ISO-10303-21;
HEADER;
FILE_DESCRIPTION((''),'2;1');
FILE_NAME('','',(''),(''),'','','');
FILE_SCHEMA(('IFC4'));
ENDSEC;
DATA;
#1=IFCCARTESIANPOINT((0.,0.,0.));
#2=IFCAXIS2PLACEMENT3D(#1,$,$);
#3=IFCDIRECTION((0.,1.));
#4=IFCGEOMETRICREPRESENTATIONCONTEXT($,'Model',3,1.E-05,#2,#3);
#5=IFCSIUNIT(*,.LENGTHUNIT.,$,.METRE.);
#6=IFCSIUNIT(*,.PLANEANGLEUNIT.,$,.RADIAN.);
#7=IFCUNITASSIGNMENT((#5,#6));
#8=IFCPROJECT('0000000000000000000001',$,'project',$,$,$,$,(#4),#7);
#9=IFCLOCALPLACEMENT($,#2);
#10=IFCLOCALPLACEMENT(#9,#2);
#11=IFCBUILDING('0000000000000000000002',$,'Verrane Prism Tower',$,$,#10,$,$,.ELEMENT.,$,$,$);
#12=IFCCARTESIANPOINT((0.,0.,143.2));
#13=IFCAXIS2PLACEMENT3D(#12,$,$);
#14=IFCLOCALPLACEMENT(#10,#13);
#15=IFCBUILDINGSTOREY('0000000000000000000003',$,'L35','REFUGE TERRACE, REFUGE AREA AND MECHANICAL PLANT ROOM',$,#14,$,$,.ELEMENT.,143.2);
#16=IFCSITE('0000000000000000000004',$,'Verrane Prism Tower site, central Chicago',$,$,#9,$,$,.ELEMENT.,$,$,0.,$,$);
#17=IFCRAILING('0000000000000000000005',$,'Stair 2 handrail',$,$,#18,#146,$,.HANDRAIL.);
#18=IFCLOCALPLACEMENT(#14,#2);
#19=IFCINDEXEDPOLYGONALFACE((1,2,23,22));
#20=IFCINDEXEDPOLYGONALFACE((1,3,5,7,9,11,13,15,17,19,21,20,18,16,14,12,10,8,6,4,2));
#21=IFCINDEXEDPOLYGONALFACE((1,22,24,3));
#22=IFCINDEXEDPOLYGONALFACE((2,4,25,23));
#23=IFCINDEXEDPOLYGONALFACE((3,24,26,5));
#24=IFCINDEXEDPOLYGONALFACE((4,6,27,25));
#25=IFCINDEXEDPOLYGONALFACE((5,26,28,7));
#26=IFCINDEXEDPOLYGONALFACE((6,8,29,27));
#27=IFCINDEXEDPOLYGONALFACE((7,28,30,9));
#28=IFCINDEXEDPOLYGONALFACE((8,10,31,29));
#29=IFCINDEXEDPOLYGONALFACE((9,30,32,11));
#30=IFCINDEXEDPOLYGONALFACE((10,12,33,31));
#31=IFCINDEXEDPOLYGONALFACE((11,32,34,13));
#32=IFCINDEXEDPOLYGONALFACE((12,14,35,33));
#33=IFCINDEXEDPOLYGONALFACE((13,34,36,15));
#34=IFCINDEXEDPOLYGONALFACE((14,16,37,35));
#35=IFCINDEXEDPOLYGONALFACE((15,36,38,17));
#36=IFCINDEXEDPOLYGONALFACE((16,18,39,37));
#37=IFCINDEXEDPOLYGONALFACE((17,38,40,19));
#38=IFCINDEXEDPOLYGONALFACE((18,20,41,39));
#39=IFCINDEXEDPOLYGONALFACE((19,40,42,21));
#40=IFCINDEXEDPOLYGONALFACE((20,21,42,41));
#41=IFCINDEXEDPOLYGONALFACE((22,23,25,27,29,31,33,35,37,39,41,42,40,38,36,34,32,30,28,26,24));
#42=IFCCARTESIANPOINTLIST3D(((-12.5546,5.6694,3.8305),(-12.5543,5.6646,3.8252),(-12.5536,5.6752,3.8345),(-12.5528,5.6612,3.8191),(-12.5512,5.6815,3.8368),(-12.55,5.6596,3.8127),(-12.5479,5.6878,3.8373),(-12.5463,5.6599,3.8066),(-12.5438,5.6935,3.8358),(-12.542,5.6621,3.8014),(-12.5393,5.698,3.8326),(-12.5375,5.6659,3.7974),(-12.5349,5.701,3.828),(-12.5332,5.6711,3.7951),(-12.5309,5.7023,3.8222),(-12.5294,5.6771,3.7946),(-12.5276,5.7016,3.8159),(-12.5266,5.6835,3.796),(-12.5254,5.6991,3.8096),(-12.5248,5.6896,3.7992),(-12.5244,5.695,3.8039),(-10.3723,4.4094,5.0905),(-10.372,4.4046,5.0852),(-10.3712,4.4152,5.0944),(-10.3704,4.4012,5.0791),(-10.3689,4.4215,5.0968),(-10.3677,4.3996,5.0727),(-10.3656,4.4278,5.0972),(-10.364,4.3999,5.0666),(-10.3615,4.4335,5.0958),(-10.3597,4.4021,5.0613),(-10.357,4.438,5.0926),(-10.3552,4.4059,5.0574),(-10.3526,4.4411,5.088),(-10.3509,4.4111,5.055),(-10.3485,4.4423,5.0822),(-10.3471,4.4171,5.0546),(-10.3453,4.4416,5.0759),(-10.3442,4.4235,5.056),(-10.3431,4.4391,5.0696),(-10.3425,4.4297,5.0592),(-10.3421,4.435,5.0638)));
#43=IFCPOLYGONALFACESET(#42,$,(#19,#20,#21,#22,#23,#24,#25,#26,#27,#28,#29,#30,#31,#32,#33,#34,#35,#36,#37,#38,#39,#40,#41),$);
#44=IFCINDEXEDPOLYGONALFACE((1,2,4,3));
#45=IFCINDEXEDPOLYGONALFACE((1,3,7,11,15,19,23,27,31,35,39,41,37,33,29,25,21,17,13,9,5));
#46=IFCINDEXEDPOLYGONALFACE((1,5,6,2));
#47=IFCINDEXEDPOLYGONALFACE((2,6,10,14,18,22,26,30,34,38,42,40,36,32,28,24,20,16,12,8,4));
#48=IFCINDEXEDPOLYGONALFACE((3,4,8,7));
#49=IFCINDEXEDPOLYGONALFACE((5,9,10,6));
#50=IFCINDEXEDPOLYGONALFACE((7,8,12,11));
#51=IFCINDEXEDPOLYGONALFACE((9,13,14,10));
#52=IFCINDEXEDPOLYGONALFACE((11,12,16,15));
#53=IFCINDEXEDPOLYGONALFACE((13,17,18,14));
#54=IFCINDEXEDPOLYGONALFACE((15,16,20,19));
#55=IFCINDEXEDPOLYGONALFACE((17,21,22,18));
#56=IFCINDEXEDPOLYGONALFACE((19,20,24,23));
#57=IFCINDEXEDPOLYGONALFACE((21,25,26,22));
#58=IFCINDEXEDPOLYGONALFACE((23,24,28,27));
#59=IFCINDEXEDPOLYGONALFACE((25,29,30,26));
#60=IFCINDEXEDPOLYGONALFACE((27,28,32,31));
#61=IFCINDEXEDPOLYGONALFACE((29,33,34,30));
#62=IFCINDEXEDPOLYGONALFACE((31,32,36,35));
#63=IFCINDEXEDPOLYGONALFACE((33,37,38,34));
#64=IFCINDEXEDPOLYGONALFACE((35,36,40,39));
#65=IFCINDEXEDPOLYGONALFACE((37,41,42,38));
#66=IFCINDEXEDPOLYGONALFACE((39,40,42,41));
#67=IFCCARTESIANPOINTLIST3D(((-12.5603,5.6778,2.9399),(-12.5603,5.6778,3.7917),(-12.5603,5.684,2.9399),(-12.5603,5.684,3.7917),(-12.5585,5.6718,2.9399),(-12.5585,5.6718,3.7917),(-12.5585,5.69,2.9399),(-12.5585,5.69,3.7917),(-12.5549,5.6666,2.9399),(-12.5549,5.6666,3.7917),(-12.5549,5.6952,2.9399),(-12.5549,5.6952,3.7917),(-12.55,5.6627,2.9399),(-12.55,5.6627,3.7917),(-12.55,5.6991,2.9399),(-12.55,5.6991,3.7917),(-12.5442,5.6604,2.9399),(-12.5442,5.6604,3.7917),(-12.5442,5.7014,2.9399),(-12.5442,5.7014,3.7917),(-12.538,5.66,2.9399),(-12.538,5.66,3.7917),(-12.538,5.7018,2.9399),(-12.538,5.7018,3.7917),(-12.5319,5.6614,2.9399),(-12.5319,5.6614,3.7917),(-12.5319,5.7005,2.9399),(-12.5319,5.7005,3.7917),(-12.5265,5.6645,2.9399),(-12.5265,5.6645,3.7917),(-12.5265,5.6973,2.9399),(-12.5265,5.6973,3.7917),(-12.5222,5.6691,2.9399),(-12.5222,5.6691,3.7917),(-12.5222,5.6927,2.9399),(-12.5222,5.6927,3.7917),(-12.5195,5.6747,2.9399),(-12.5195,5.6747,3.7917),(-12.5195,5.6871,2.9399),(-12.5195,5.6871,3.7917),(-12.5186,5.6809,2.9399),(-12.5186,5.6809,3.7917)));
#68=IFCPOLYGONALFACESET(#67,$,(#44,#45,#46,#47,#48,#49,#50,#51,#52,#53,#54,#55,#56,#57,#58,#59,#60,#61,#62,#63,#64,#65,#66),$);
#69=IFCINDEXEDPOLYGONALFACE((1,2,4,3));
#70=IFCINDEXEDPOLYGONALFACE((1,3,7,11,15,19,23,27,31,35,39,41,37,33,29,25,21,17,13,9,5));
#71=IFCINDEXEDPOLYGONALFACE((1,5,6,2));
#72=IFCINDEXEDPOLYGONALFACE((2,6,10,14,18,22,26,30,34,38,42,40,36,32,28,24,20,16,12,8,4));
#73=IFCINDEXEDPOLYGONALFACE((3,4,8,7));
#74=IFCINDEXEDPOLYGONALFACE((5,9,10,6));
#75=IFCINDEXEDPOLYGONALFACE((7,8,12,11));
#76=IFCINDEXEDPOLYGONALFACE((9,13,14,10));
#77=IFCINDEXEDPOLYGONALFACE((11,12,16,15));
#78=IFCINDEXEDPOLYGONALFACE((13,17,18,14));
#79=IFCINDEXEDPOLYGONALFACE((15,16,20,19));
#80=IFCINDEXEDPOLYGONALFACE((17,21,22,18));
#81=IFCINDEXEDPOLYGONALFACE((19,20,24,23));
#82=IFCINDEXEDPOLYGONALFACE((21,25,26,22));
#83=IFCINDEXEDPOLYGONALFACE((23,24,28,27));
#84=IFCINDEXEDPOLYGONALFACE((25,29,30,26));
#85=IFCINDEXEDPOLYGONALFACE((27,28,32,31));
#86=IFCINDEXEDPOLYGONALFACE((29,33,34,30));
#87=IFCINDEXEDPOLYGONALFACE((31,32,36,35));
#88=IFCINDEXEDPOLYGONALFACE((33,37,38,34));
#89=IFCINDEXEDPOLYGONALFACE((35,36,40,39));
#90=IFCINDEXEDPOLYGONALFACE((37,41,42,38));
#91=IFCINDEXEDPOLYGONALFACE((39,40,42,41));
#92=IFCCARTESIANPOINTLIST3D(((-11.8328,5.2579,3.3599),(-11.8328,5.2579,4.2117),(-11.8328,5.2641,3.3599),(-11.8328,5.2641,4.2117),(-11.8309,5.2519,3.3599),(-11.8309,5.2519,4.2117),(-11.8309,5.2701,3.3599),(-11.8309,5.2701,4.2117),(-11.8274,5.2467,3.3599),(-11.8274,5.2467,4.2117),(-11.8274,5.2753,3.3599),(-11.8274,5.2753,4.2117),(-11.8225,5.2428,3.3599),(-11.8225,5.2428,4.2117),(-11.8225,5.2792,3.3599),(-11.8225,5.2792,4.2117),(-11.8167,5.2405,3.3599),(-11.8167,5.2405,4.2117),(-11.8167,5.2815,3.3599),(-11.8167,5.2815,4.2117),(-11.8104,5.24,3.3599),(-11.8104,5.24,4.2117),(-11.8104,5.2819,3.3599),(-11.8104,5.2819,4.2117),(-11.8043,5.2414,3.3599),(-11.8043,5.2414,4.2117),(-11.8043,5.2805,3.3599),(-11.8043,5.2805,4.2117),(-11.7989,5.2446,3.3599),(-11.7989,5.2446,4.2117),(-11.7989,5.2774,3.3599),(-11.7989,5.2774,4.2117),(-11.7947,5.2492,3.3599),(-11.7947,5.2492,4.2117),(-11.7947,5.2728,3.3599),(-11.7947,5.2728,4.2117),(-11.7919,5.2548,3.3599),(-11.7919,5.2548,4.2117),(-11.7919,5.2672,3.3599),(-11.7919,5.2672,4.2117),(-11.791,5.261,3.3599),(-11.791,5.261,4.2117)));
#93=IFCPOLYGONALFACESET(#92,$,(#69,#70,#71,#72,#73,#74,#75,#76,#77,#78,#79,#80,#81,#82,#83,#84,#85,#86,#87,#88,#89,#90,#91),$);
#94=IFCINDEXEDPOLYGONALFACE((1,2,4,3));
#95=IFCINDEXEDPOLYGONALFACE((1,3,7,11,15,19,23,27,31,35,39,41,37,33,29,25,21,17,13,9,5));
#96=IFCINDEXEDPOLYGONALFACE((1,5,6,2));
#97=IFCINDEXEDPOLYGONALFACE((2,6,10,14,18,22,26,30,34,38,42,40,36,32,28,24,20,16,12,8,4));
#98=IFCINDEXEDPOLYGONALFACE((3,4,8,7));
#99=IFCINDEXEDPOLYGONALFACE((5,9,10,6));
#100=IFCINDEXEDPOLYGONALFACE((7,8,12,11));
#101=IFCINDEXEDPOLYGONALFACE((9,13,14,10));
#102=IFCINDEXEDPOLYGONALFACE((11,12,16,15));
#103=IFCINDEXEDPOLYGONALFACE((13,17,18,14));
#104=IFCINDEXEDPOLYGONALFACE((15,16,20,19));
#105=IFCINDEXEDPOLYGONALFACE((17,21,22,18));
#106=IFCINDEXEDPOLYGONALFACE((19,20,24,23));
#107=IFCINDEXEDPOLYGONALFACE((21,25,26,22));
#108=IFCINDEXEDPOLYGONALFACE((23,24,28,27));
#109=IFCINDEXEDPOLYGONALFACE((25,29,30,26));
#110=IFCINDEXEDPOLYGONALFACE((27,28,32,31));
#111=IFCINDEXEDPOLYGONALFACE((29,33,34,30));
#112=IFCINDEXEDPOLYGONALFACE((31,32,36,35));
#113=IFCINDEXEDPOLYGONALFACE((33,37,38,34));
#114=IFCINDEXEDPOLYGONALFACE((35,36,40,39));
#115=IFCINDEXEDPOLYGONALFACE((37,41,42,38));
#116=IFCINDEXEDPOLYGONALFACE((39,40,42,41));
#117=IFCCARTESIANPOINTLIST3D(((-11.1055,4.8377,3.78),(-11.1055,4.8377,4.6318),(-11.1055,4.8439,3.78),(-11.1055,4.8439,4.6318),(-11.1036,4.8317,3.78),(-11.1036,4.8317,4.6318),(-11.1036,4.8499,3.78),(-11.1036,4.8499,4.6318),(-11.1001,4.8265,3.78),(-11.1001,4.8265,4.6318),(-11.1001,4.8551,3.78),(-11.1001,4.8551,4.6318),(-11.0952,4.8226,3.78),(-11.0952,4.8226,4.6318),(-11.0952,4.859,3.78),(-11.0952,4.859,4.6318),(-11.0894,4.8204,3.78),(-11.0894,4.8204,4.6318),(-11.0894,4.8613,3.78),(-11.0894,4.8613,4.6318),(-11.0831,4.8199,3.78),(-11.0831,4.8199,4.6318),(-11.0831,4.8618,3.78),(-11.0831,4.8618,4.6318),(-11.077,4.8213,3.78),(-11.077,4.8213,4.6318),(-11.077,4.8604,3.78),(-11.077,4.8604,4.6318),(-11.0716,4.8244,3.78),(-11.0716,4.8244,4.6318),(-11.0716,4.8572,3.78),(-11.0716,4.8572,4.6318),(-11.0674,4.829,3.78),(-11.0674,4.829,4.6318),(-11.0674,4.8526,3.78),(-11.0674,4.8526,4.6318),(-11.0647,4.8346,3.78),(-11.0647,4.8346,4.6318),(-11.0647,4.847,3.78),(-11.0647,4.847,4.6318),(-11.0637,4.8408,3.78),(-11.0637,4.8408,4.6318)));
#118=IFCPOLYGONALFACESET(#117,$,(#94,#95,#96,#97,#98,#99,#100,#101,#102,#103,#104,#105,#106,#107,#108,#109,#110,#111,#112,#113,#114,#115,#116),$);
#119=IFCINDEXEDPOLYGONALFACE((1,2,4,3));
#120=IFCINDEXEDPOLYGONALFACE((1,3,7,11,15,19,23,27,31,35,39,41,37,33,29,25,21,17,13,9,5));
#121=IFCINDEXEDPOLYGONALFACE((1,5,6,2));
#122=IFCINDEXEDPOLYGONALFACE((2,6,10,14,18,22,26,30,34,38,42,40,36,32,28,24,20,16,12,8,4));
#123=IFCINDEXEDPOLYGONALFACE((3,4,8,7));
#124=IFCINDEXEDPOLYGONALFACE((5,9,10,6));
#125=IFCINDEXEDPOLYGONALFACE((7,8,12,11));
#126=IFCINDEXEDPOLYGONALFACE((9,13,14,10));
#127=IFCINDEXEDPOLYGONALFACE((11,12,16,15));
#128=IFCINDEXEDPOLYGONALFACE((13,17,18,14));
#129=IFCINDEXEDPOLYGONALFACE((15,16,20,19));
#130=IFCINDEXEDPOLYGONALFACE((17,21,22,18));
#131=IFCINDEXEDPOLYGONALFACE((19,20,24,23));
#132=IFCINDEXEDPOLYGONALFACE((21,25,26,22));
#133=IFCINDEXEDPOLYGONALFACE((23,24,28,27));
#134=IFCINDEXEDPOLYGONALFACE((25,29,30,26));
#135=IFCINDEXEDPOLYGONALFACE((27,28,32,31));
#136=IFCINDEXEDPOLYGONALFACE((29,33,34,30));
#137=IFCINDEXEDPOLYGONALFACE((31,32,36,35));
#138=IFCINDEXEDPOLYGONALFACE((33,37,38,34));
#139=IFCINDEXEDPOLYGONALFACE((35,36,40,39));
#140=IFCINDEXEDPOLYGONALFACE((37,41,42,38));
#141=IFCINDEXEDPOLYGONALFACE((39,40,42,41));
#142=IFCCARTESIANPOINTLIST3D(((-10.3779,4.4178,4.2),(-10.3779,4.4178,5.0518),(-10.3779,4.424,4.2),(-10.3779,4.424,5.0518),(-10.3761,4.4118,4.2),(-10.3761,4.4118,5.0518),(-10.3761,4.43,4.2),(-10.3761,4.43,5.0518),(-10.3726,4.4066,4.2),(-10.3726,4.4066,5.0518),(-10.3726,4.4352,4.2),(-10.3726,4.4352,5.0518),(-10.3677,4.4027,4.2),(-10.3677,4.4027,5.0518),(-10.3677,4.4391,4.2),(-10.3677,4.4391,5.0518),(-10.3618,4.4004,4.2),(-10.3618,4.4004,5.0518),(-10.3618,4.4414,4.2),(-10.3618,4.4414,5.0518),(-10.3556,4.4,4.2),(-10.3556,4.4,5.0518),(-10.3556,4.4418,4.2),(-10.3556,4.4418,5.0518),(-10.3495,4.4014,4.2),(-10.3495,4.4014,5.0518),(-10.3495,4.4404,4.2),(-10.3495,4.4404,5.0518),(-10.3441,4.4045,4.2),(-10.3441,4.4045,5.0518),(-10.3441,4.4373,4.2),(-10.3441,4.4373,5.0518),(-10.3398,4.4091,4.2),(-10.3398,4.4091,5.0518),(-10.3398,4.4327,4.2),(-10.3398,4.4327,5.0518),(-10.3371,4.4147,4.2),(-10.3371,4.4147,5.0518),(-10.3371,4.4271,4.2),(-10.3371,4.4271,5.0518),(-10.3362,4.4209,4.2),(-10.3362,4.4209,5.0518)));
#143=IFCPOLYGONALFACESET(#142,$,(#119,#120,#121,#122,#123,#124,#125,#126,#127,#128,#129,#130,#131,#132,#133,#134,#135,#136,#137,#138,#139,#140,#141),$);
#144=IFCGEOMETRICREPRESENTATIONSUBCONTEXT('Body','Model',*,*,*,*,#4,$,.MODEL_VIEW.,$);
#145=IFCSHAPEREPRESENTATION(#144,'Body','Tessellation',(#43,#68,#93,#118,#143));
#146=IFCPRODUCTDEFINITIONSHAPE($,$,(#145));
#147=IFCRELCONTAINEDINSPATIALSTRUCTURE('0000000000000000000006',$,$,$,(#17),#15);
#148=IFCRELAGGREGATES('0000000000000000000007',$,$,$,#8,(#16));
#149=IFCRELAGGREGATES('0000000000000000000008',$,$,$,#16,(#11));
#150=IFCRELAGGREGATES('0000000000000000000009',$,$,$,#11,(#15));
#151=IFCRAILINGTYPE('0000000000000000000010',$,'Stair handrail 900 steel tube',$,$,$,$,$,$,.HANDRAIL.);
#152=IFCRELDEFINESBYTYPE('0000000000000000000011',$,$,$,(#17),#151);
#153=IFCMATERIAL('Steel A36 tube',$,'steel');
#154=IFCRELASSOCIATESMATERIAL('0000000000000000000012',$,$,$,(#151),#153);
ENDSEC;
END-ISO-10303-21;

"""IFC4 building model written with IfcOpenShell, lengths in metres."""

from ifc_helpers import new_model, si_unit, direction, frame, origin, origin_2d, place, context, subcontext, project, spatial, circle, extrude, material, type_object, element, save


model = new_model("IFC4")

# Units and contexts
model_context = context("Model", 3, precision=1e-05, world=origin(), true_north=direction((0.0, 1.0)))
body_context = subcontext(model_context, "Body", "Model", "MODEL_VIEW")
ifc_project = project(units=[si_unit("LENGTHUNIT", "METRE"), si_unit("PLANEANGLEUNIT", "RADIAN")], contexts=[model_context])

# Site, building, storey
site_placement = place(None, origin())
site = spatial("IfcSite", under=ifc_project, at=site_placement, Name="Verrane Prism Tower site, central Chicago", CompositionType="ELEMENT", RefElevation=0.0)
building_placement = place(site_placement, origin())
building = spatial("IfcBuilding", under=site, at=building_placement, Name="Verrane Prism Tower", CompositionType="ELEMENT")
storey_placement = place(building_placement, frame((0.0, 0.0, 143.2)))
storey = spatial("IfcBuildingStorey", under=building, at=storey_placement, Name="L35", Description="REFUGE TERRACE, REFUGE AREA AND MECHANICAL PLANT ROOM", CompositionType="ELEMENT", Elevation=143.2)

# Railing
ifc_material_1 = material(Name="Steel A36 tube", Category="steel")
railing_type_1 = type_object("IfcRailingType", Name="Stair handrail 900 steel tube", PredefinedType="HANDRAIL", material=ifc_material_1)
for number, where, name in (
    (1, (-12.5396, 5.6809, 2.9399), "Stair 2 handrail"),
):
    element("IfcRailing", number, at=place(storey_placement, frame(where)), inside=storey, type_object=railing_type_1, Name=name, PredefinedType="HANDRAIL", context=body_context, shape_type="SweptSolid", body=[
        extrude(circle(Radius=0.0239, at=origin_2d()), frame((0.0, 0.0, 0.876), z_axis=(0.774593, -0.447217, 0.447217), x_axis=(0.500005, 0.866023, 0.0)), (0.0, 0.0, 1.0), 2.8174),
        extrude(circle(Radius=0.021, at=origin_2d()), origin(), (0.0, 0.0, 1.0), 0.8518),
        extrude(circle(Radius=0.021, at=origin_2d()), frame((0.7275, -0.4199, 0.4199)), (0.0, 0.0, 1.0), 0.8518),
        extrude(circle(Radius=0.021, at=origin_2d()), frame((1.4548, -0.8401, 0.8401)), (0.0, 0.0, 1.0), 0.8518),
        extrude(circle(Radius=0.021, at=origin_2d()), frame((2.1824, -1.26, 1.26)), (0.0, 0.0, 1.0), 0.8518),
    ])

save(model, "model.ifc")
